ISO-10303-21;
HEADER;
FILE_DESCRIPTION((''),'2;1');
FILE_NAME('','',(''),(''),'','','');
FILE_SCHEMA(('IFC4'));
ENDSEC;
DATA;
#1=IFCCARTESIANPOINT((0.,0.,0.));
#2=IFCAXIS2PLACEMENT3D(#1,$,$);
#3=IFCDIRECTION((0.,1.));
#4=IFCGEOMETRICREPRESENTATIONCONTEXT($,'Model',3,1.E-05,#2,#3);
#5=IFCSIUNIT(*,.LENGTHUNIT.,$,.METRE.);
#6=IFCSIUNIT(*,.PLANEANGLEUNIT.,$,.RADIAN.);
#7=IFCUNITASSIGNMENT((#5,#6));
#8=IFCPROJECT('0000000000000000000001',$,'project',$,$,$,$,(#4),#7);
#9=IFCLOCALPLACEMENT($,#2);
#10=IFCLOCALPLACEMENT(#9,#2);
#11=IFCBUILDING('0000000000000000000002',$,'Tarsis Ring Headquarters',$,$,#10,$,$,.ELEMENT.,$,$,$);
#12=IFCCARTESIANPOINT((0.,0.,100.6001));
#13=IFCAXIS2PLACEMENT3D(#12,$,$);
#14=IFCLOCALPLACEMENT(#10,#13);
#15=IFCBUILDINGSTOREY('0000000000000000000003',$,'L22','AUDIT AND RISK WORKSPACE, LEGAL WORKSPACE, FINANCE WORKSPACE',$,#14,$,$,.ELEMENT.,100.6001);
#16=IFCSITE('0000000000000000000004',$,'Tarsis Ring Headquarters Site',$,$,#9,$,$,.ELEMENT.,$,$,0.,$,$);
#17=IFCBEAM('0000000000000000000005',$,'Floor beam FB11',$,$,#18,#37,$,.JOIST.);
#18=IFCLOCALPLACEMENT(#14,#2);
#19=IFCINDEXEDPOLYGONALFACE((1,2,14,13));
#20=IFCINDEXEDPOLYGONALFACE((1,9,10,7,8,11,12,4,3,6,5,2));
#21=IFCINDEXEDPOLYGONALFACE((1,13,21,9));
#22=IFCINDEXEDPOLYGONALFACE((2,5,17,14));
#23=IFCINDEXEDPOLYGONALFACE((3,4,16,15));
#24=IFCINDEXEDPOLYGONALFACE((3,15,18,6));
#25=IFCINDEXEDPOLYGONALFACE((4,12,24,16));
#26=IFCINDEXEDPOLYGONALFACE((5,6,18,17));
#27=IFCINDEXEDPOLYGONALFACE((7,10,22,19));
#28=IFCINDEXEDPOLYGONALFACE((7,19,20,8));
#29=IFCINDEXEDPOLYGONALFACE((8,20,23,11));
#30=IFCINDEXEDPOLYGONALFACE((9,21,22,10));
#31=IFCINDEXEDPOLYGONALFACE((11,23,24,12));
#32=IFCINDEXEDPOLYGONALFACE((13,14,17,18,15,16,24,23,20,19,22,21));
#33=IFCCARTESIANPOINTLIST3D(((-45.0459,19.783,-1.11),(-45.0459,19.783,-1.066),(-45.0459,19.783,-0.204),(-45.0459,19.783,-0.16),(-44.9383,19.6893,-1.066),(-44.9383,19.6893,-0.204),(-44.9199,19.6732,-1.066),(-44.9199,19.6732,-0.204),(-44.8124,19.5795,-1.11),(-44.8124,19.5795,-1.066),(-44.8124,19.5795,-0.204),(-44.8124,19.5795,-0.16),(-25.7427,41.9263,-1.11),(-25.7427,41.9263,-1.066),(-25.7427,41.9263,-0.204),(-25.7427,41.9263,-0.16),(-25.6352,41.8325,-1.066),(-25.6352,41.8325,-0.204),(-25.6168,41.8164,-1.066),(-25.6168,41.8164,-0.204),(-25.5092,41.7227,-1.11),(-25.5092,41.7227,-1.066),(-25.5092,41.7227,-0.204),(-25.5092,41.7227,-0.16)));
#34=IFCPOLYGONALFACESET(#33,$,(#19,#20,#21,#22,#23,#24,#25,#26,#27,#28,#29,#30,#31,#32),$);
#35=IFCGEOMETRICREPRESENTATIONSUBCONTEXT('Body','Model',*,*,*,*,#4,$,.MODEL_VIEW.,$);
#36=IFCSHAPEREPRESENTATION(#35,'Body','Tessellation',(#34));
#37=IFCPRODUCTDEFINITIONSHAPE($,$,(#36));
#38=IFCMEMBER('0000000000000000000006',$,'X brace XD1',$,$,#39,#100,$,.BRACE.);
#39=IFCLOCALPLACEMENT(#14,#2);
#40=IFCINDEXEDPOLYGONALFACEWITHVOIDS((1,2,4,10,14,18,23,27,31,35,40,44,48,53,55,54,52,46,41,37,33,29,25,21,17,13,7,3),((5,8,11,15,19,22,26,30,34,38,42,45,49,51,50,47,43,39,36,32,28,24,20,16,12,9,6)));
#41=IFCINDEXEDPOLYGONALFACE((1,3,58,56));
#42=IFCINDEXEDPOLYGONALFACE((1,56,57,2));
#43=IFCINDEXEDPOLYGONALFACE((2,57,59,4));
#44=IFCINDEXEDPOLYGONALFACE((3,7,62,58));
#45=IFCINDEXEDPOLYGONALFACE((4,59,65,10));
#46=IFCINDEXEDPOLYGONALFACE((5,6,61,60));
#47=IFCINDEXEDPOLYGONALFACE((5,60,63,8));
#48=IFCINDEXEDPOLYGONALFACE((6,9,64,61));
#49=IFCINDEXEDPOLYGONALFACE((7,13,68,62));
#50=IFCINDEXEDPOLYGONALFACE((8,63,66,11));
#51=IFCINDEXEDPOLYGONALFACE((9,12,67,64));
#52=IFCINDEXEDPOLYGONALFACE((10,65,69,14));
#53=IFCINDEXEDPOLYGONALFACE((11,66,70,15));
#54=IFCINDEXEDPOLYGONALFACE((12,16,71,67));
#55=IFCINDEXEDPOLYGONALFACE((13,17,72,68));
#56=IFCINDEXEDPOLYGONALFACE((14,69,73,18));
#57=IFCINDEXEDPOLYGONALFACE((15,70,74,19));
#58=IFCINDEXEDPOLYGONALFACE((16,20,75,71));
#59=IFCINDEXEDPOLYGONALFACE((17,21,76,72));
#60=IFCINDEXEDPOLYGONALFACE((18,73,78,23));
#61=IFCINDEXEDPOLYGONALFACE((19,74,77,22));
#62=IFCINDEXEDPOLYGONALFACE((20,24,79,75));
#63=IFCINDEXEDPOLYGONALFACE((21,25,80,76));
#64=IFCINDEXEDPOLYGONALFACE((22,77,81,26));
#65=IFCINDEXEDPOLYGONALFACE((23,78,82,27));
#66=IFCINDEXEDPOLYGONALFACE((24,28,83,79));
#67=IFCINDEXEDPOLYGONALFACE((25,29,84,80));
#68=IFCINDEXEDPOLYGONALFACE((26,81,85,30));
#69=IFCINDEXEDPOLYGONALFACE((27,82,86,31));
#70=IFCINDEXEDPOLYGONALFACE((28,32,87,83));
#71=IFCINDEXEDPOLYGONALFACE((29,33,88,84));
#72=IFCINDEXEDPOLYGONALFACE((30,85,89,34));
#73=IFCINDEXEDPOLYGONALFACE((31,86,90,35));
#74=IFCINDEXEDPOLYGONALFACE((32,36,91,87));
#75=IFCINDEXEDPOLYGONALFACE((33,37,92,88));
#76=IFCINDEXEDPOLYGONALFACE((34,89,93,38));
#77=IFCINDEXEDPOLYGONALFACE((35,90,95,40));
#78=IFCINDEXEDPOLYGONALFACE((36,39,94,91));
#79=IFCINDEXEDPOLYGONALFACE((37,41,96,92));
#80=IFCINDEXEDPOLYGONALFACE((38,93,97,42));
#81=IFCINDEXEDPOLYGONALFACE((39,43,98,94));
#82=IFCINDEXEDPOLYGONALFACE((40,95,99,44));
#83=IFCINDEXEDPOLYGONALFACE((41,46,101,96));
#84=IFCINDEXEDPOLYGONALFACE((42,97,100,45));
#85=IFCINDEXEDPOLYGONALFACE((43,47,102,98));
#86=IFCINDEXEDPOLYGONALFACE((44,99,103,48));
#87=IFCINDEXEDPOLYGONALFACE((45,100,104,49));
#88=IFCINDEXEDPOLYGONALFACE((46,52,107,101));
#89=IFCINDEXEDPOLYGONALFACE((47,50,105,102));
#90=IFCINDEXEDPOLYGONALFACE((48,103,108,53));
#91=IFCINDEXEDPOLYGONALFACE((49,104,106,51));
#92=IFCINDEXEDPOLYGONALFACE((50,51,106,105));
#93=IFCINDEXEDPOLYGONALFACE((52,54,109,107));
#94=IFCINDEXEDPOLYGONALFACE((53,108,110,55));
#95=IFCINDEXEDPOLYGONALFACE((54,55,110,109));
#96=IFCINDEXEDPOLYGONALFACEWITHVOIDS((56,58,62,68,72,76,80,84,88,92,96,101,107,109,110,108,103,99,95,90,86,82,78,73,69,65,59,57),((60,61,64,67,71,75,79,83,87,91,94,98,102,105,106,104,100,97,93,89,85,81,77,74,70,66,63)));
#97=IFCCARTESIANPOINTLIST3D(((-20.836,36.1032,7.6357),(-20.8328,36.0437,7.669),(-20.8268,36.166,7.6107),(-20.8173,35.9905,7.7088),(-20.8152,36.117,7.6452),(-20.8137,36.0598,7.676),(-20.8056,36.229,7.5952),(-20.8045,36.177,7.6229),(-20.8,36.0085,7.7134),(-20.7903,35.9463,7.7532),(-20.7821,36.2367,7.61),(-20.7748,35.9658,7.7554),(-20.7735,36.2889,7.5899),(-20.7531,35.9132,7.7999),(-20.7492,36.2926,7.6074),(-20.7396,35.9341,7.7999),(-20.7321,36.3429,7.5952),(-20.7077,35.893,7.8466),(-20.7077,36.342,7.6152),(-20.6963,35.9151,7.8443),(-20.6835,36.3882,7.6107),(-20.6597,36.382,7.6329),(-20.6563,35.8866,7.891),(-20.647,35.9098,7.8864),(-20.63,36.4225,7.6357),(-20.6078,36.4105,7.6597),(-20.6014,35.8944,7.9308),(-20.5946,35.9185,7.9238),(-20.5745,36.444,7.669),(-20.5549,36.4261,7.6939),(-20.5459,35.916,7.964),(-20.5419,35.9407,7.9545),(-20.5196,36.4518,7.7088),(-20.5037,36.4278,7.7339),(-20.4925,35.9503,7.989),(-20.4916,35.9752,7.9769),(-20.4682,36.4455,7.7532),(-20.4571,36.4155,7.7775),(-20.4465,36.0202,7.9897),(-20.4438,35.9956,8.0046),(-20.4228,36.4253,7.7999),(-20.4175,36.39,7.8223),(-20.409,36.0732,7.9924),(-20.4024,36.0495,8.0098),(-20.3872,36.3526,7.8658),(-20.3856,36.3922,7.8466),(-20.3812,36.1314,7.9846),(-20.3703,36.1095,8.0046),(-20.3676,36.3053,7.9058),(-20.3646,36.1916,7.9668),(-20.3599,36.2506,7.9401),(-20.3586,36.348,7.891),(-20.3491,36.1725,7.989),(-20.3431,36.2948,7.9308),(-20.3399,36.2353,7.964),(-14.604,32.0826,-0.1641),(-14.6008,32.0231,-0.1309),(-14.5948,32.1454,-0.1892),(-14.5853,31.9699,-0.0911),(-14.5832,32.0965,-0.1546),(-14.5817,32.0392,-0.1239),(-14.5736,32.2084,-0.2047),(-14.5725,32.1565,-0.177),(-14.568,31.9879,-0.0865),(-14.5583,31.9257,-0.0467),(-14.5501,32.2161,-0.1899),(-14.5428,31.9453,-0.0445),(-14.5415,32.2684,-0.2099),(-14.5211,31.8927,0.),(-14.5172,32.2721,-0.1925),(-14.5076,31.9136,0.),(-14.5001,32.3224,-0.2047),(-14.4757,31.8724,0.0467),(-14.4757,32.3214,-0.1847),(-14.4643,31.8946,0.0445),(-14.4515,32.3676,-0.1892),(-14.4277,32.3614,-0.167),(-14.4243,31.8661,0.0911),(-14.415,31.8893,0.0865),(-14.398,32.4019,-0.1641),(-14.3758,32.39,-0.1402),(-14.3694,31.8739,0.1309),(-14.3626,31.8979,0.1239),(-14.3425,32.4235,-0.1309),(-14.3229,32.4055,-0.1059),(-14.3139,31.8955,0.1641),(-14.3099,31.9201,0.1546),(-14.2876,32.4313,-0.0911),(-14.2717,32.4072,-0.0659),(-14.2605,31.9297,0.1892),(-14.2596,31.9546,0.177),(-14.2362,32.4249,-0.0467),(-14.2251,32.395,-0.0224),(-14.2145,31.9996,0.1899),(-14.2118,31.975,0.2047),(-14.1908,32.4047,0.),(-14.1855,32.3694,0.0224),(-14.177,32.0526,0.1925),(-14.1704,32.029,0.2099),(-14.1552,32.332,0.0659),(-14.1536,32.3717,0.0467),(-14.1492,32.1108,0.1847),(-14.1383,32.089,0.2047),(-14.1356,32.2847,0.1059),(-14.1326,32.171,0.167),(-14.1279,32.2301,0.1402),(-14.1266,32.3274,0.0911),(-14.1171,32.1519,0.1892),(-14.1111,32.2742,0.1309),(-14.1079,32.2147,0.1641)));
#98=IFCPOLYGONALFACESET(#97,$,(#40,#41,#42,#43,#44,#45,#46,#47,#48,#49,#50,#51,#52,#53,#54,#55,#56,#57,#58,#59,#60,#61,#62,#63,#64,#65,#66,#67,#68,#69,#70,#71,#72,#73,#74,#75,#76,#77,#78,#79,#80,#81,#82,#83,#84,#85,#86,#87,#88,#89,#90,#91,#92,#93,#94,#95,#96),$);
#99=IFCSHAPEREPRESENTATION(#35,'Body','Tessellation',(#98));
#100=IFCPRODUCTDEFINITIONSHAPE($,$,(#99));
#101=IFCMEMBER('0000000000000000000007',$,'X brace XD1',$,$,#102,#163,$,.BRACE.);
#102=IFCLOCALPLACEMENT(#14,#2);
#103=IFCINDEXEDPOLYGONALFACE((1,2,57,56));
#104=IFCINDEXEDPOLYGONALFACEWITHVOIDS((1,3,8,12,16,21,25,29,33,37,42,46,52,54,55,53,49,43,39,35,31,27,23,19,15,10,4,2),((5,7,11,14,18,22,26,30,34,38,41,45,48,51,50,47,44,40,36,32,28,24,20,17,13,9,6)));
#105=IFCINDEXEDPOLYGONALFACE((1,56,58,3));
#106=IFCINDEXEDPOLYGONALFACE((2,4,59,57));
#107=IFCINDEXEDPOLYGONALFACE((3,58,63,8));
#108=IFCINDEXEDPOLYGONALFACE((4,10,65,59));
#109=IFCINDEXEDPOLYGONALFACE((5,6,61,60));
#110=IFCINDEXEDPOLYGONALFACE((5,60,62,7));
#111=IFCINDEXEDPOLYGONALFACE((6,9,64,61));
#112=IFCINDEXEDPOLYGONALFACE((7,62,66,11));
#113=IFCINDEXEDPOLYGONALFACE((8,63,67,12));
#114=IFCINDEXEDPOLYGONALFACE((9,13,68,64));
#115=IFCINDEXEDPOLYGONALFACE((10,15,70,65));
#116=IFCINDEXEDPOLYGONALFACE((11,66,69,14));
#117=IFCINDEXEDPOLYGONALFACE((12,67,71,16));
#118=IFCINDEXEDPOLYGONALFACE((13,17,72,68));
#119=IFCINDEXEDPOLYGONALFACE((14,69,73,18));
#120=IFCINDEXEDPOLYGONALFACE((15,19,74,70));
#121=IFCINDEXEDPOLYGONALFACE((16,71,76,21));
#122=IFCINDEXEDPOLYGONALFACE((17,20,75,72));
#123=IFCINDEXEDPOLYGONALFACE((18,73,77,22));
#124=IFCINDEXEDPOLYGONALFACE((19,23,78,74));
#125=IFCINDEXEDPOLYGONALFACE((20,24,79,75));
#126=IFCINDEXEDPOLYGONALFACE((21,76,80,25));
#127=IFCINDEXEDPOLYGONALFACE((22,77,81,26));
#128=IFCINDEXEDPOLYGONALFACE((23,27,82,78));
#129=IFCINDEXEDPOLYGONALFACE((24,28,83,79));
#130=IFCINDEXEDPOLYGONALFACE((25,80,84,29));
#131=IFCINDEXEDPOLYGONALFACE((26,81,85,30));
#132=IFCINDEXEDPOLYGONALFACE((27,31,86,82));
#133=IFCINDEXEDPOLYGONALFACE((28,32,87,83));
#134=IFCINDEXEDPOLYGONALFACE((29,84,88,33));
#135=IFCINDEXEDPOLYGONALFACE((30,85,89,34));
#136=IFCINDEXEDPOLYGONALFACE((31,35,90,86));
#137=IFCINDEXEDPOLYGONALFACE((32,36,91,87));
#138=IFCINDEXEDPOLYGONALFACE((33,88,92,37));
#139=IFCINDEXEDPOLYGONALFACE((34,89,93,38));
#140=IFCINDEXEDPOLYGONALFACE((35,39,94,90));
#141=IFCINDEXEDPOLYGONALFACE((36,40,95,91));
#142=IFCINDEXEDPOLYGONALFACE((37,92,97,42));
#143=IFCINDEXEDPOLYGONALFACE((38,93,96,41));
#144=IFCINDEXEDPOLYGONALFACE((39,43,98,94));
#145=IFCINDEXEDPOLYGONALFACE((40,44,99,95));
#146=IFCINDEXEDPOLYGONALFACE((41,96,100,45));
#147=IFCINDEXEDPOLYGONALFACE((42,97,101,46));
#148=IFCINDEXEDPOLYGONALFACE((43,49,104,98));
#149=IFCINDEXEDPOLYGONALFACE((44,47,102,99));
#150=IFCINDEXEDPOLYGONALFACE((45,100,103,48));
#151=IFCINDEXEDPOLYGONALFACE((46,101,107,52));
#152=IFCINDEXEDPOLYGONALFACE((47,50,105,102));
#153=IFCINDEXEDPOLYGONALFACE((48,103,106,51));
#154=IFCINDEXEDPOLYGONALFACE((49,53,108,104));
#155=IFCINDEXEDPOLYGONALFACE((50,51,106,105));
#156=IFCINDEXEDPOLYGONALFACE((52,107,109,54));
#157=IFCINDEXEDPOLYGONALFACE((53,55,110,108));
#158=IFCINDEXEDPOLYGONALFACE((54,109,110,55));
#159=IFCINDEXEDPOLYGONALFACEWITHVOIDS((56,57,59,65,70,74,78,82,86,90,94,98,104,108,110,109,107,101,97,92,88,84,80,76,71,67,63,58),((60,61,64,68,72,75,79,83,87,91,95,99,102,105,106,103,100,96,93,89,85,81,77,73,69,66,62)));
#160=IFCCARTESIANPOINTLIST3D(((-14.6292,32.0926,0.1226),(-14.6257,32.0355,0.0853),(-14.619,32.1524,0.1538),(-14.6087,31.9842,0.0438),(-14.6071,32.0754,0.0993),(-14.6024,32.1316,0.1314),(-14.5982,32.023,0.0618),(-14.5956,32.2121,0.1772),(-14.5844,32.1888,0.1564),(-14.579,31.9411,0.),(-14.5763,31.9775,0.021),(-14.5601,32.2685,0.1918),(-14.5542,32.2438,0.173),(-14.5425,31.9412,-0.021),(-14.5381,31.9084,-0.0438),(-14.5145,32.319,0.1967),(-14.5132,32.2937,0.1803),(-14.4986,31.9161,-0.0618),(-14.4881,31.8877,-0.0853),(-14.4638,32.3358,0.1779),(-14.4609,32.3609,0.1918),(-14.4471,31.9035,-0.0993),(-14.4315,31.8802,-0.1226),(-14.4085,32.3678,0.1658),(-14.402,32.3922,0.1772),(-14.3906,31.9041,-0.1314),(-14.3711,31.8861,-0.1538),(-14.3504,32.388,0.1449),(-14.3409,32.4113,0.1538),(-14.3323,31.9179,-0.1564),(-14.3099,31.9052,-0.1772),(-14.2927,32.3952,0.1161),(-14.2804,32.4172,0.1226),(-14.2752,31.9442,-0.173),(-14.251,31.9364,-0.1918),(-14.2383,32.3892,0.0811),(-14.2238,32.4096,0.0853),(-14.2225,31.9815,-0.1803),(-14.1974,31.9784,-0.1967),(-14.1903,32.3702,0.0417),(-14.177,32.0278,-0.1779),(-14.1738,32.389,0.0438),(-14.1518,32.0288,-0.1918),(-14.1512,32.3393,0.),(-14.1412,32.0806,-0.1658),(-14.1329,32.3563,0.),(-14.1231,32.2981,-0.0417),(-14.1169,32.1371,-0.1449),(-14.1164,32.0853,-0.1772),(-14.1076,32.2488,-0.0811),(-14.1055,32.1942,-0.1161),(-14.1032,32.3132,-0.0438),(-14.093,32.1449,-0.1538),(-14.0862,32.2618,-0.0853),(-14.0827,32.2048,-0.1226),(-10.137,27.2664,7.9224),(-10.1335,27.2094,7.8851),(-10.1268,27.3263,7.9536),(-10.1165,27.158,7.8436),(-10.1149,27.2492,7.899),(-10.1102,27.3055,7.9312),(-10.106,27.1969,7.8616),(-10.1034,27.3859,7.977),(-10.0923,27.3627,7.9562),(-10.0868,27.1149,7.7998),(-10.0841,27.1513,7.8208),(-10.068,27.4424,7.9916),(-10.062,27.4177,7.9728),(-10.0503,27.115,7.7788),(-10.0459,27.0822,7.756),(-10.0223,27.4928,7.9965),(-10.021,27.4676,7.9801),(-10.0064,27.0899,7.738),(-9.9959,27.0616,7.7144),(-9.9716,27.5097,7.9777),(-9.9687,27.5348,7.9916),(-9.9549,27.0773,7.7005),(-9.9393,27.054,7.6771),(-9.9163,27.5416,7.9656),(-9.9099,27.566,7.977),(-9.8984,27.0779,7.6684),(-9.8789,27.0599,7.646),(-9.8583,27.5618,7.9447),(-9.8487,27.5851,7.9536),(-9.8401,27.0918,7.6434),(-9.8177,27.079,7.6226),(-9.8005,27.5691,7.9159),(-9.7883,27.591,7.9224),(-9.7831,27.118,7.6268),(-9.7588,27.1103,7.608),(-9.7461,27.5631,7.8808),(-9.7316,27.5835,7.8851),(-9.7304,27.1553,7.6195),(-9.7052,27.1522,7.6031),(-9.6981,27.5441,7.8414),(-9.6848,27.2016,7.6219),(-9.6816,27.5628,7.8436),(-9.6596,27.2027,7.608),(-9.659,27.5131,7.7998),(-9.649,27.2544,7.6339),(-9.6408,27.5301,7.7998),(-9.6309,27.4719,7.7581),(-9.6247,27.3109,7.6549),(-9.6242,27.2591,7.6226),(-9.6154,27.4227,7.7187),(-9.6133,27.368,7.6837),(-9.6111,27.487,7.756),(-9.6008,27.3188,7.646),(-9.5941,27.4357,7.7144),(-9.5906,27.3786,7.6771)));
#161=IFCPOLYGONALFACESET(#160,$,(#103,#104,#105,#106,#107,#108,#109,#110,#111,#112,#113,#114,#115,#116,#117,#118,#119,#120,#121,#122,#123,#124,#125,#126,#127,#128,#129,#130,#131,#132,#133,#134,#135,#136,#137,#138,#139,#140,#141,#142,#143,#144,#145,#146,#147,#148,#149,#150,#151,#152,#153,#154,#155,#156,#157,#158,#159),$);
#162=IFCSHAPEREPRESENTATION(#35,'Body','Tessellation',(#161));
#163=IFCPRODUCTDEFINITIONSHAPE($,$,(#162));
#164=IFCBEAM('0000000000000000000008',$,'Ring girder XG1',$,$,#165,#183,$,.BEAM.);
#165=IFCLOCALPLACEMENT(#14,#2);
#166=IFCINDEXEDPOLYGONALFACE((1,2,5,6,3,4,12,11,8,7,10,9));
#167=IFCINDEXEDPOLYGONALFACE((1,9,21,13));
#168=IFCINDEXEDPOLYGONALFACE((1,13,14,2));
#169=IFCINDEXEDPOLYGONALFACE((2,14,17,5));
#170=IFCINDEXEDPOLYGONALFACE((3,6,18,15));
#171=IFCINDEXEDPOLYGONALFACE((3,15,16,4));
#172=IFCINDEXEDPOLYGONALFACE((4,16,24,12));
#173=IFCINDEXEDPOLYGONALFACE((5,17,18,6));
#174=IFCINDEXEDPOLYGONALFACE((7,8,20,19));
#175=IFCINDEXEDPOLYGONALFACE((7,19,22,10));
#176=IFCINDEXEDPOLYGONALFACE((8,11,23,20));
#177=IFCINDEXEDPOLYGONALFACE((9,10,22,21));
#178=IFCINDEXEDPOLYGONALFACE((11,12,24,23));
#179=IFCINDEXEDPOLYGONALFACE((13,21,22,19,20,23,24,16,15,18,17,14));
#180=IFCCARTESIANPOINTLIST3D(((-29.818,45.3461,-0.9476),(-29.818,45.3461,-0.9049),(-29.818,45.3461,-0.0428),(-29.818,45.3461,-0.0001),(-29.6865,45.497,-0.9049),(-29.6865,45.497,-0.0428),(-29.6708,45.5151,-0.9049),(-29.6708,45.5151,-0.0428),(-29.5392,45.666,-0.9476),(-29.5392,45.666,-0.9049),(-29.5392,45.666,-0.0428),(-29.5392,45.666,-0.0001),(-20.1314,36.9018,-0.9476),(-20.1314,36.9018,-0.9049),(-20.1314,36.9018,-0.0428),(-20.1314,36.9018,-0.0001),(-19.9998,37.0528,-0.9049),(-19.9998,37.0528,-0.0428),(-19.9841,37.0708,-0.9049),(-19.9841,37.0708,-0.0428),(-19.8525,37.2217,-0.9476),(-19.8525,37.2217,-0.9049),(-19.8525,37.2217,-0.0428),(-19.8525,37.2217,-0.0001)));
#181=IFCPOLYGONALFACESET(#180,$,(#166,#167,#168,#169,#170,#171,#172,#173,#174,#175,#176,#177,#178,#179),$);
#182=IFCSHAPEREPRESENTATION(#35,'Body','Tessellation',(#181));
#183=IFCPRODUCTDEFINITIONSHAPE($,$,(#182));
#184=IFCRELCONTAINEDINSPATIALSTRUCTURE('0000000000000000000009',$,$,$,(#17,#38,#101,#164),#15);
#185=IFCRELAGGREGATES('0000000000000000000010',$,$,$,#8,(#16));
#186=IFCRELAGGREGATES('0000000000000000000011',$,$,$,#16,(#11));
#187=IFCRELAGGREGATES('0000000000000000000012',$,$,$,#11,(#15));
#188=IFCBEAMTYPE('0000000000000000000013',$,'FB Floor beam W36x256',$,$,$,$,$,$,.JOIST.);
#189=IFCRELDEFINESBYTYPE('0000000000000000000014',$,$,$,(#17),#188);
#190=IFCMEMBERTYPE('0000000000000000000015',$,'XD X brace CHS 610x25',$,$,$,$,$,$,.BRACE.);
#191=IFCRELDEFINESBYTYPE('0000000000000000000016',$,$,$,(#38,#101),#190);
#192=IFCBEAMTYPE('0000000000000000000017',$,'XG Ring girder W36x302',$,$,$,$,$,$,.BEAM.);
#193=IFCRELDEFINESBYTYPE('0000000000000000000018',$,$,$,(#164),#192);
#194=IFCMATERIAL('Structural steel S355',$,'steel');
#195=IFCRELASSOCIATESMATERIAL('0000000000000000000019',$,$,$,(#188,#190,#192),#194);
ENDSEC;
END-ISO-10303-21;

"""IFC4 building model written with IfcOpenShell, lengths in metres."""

from ifc_helpers import new_model, si_unit, direction, frame, origin, origin_2d, place, context, subcontext, project, spatial, hollow_circle, i_section, extrude, material, material_profile, profile_set, type_object, element, save


model = new_model("IFC4")

# Units and contexts
model_context = context("Model", 3, precision=1e-05, world=origin(), true_north=direction((0.0, 1.0)))
body_context = subcontext(model_context, "Body", "Model", "MODEL_VIEW")
ifc_project = project(units=[si_unit("LENGTHUNIT", "METRE"), si_unit("PLANEANGLEUNIT", "RADIAN")], contexts=[model_context])

# Site, building, storey
site_placement = place(None, origin())
site = spatial("IfcSite", under=ifc_project, at=site_placement, Name="Tarsis Ring Headquarters Site", CompositionType="ELEMENT", RefElevation=0.0)
building_placement = place(site_placement, origin())
building = spatial("IfcBuilding", under=site, at=building_placement, Name="Tarsis Ring Headquarters", CompositionType="ELEMENT")
storey_placement = place(building_placement, frame((0.0, 0.0, 100.6001)))
storey = spatial("IfcBuildingStorey", under=building, at=storey_placement, Name="L22", Description="AUDIT AND RISK WORKSPACE, LEGAL WORKSPACE, FINANCE WORKSPACE", CompositionType="ELEMENT", Elevation=100.6001)

# Shared definitions
ifc_material_1 = material(Name="Structural steel S355", Category="steel")

# Beam
ifc_material_profile_1 = material_profile(ifc_material_1, i_section(OverallWidth=0.3098, OverallDepth=0.95, WebThickness=0.0244, FlangeThickness=0.0439, at=origin_2d()), Name="W36x256")
ifc_profile_set_1 = profile_set([ifc_material_profile_1], Name="Structural steel S355")
beam_type_1 = type_object("IfcBeamType", Name="FB Floor beam W36x256", PredefinedType="JOIST", material=ifc_profile_set_1)
for number, where, z_axis, x_axis, name in (
    (1, (-25.626, 41.8245, -0.635), (-0.657112, -0.753793, 0.0), (0.753793, -0.657112, 0.0), "Floor beam FB11"),
):
    element("IfcBeam", number, at=place(storey_placement, frame(where, z_axis=z_axis, x_axis=x_axis)), inside=storey, type_object=beam_type_1, Name=name, PredefinedType="JOIST", context=body_context, shape_type="SweptSolid", body=[
        extrude(i_section(OverallWidth=0.3098, OverallDepth=0.95, WebThickness=0.0244, FlangeThickness=0.0439, at=origin_2d()), origin(), (0.0, 0.0, 1.0), 29.3757),
    ])

# Members
ifc_material_profile_2 = material_profile(ifc_material_1, hollow_circle(Radius=0.3047, WallThickness=0.0249, at=origin_2d()), Name="CHS 610x25")
ifc_profile_set_2 = profile_set([ifc_material_profile_2], Name="Structural steel S355")
member_type = type_object("IfcMemberType", Name="XD X brace CHS 610x25", PredefinedType="BRACE", material=ifc_profile_set_2)
member_1_placement = place(storey_placement, frame((-14.356, 32.1487, 0.0), z_axis=(-0.579024, 0.373555, 0.724699), x_axis=(-0.542118, -0.840302, 0.0)))
element("IfcMember", 2, at=member_1_placement, inside=storey, type_object=member_type, Name="X brace XD1", PredefinedType="BRACE", context=body_context, shape_type="SweptSolid", body=[
    extrude(hollow_circle(Radius=0.3047, WallThickness=0.0249, at=origin_2d()), origin(), (0.0, 0.0, 1.0), 10.7629),
])
member_2_placement = place(storey_placement, frame((-14.356, 32.1487, 0.0), z_axis=(0.439843, -0.472544, 0.763701), x_axis=(0.731981, 0.681326, 0.0)))
element("IfcMember", 3, at=member_2_placement, inside=storey, type_object=member_type, Name="X brace XD1", PredefinedType="BRACE", context=body_context, shape_type="SweptSolid", body=[
    extrude(hollow_circle(Radius=0.3047, WallThickness=0.0249, at=origin_2d()), origin(), (0.0, 0.0, 1.0), 10.2131),
])

# Beam
ifc_material_profile_3 = material_profile(ifc_material_1, i_section(OverallWidth=0.4243, OverallDepth=0.9475, WebThickness=0.0239, FlangeThickness=0.0427, at=origin_2d()), Name="W36x302")
ifc_profile_set_3 = profile_set([ifc_material_profile_3], Name="Structural steel S355")
beam_type_2 = type_object("IfcBeamType", Name="XG Ring girder W36x302", PredefinedType="BEAM", material=ifc_profile_set_3)
beam_placement = place(storey_placement, frame((-19.9919, 37.0618, -0.4739), z_axis=(-0.753793, 0.657111, 0.0), x_axis=(-0.657111, -0.753793, 0.0)))
element("IfcBeam", 4, at=beam_placement, inside=storey, type_object=beam_type_2, Name="Ring girder XG1", PredefinedType="BEAM", context=body_context, shape_type="SweptSolid", body=[
    extrude(i_section(OverallWidth=0.4243, OverallDepth=0.9475, WebThickness=0.0239, FlangeThickness=0.0427, at=origin_2d()), origin(), (0.0, 0.0, 1.0), 12.8506),
])

save(model, "model.ifc")
